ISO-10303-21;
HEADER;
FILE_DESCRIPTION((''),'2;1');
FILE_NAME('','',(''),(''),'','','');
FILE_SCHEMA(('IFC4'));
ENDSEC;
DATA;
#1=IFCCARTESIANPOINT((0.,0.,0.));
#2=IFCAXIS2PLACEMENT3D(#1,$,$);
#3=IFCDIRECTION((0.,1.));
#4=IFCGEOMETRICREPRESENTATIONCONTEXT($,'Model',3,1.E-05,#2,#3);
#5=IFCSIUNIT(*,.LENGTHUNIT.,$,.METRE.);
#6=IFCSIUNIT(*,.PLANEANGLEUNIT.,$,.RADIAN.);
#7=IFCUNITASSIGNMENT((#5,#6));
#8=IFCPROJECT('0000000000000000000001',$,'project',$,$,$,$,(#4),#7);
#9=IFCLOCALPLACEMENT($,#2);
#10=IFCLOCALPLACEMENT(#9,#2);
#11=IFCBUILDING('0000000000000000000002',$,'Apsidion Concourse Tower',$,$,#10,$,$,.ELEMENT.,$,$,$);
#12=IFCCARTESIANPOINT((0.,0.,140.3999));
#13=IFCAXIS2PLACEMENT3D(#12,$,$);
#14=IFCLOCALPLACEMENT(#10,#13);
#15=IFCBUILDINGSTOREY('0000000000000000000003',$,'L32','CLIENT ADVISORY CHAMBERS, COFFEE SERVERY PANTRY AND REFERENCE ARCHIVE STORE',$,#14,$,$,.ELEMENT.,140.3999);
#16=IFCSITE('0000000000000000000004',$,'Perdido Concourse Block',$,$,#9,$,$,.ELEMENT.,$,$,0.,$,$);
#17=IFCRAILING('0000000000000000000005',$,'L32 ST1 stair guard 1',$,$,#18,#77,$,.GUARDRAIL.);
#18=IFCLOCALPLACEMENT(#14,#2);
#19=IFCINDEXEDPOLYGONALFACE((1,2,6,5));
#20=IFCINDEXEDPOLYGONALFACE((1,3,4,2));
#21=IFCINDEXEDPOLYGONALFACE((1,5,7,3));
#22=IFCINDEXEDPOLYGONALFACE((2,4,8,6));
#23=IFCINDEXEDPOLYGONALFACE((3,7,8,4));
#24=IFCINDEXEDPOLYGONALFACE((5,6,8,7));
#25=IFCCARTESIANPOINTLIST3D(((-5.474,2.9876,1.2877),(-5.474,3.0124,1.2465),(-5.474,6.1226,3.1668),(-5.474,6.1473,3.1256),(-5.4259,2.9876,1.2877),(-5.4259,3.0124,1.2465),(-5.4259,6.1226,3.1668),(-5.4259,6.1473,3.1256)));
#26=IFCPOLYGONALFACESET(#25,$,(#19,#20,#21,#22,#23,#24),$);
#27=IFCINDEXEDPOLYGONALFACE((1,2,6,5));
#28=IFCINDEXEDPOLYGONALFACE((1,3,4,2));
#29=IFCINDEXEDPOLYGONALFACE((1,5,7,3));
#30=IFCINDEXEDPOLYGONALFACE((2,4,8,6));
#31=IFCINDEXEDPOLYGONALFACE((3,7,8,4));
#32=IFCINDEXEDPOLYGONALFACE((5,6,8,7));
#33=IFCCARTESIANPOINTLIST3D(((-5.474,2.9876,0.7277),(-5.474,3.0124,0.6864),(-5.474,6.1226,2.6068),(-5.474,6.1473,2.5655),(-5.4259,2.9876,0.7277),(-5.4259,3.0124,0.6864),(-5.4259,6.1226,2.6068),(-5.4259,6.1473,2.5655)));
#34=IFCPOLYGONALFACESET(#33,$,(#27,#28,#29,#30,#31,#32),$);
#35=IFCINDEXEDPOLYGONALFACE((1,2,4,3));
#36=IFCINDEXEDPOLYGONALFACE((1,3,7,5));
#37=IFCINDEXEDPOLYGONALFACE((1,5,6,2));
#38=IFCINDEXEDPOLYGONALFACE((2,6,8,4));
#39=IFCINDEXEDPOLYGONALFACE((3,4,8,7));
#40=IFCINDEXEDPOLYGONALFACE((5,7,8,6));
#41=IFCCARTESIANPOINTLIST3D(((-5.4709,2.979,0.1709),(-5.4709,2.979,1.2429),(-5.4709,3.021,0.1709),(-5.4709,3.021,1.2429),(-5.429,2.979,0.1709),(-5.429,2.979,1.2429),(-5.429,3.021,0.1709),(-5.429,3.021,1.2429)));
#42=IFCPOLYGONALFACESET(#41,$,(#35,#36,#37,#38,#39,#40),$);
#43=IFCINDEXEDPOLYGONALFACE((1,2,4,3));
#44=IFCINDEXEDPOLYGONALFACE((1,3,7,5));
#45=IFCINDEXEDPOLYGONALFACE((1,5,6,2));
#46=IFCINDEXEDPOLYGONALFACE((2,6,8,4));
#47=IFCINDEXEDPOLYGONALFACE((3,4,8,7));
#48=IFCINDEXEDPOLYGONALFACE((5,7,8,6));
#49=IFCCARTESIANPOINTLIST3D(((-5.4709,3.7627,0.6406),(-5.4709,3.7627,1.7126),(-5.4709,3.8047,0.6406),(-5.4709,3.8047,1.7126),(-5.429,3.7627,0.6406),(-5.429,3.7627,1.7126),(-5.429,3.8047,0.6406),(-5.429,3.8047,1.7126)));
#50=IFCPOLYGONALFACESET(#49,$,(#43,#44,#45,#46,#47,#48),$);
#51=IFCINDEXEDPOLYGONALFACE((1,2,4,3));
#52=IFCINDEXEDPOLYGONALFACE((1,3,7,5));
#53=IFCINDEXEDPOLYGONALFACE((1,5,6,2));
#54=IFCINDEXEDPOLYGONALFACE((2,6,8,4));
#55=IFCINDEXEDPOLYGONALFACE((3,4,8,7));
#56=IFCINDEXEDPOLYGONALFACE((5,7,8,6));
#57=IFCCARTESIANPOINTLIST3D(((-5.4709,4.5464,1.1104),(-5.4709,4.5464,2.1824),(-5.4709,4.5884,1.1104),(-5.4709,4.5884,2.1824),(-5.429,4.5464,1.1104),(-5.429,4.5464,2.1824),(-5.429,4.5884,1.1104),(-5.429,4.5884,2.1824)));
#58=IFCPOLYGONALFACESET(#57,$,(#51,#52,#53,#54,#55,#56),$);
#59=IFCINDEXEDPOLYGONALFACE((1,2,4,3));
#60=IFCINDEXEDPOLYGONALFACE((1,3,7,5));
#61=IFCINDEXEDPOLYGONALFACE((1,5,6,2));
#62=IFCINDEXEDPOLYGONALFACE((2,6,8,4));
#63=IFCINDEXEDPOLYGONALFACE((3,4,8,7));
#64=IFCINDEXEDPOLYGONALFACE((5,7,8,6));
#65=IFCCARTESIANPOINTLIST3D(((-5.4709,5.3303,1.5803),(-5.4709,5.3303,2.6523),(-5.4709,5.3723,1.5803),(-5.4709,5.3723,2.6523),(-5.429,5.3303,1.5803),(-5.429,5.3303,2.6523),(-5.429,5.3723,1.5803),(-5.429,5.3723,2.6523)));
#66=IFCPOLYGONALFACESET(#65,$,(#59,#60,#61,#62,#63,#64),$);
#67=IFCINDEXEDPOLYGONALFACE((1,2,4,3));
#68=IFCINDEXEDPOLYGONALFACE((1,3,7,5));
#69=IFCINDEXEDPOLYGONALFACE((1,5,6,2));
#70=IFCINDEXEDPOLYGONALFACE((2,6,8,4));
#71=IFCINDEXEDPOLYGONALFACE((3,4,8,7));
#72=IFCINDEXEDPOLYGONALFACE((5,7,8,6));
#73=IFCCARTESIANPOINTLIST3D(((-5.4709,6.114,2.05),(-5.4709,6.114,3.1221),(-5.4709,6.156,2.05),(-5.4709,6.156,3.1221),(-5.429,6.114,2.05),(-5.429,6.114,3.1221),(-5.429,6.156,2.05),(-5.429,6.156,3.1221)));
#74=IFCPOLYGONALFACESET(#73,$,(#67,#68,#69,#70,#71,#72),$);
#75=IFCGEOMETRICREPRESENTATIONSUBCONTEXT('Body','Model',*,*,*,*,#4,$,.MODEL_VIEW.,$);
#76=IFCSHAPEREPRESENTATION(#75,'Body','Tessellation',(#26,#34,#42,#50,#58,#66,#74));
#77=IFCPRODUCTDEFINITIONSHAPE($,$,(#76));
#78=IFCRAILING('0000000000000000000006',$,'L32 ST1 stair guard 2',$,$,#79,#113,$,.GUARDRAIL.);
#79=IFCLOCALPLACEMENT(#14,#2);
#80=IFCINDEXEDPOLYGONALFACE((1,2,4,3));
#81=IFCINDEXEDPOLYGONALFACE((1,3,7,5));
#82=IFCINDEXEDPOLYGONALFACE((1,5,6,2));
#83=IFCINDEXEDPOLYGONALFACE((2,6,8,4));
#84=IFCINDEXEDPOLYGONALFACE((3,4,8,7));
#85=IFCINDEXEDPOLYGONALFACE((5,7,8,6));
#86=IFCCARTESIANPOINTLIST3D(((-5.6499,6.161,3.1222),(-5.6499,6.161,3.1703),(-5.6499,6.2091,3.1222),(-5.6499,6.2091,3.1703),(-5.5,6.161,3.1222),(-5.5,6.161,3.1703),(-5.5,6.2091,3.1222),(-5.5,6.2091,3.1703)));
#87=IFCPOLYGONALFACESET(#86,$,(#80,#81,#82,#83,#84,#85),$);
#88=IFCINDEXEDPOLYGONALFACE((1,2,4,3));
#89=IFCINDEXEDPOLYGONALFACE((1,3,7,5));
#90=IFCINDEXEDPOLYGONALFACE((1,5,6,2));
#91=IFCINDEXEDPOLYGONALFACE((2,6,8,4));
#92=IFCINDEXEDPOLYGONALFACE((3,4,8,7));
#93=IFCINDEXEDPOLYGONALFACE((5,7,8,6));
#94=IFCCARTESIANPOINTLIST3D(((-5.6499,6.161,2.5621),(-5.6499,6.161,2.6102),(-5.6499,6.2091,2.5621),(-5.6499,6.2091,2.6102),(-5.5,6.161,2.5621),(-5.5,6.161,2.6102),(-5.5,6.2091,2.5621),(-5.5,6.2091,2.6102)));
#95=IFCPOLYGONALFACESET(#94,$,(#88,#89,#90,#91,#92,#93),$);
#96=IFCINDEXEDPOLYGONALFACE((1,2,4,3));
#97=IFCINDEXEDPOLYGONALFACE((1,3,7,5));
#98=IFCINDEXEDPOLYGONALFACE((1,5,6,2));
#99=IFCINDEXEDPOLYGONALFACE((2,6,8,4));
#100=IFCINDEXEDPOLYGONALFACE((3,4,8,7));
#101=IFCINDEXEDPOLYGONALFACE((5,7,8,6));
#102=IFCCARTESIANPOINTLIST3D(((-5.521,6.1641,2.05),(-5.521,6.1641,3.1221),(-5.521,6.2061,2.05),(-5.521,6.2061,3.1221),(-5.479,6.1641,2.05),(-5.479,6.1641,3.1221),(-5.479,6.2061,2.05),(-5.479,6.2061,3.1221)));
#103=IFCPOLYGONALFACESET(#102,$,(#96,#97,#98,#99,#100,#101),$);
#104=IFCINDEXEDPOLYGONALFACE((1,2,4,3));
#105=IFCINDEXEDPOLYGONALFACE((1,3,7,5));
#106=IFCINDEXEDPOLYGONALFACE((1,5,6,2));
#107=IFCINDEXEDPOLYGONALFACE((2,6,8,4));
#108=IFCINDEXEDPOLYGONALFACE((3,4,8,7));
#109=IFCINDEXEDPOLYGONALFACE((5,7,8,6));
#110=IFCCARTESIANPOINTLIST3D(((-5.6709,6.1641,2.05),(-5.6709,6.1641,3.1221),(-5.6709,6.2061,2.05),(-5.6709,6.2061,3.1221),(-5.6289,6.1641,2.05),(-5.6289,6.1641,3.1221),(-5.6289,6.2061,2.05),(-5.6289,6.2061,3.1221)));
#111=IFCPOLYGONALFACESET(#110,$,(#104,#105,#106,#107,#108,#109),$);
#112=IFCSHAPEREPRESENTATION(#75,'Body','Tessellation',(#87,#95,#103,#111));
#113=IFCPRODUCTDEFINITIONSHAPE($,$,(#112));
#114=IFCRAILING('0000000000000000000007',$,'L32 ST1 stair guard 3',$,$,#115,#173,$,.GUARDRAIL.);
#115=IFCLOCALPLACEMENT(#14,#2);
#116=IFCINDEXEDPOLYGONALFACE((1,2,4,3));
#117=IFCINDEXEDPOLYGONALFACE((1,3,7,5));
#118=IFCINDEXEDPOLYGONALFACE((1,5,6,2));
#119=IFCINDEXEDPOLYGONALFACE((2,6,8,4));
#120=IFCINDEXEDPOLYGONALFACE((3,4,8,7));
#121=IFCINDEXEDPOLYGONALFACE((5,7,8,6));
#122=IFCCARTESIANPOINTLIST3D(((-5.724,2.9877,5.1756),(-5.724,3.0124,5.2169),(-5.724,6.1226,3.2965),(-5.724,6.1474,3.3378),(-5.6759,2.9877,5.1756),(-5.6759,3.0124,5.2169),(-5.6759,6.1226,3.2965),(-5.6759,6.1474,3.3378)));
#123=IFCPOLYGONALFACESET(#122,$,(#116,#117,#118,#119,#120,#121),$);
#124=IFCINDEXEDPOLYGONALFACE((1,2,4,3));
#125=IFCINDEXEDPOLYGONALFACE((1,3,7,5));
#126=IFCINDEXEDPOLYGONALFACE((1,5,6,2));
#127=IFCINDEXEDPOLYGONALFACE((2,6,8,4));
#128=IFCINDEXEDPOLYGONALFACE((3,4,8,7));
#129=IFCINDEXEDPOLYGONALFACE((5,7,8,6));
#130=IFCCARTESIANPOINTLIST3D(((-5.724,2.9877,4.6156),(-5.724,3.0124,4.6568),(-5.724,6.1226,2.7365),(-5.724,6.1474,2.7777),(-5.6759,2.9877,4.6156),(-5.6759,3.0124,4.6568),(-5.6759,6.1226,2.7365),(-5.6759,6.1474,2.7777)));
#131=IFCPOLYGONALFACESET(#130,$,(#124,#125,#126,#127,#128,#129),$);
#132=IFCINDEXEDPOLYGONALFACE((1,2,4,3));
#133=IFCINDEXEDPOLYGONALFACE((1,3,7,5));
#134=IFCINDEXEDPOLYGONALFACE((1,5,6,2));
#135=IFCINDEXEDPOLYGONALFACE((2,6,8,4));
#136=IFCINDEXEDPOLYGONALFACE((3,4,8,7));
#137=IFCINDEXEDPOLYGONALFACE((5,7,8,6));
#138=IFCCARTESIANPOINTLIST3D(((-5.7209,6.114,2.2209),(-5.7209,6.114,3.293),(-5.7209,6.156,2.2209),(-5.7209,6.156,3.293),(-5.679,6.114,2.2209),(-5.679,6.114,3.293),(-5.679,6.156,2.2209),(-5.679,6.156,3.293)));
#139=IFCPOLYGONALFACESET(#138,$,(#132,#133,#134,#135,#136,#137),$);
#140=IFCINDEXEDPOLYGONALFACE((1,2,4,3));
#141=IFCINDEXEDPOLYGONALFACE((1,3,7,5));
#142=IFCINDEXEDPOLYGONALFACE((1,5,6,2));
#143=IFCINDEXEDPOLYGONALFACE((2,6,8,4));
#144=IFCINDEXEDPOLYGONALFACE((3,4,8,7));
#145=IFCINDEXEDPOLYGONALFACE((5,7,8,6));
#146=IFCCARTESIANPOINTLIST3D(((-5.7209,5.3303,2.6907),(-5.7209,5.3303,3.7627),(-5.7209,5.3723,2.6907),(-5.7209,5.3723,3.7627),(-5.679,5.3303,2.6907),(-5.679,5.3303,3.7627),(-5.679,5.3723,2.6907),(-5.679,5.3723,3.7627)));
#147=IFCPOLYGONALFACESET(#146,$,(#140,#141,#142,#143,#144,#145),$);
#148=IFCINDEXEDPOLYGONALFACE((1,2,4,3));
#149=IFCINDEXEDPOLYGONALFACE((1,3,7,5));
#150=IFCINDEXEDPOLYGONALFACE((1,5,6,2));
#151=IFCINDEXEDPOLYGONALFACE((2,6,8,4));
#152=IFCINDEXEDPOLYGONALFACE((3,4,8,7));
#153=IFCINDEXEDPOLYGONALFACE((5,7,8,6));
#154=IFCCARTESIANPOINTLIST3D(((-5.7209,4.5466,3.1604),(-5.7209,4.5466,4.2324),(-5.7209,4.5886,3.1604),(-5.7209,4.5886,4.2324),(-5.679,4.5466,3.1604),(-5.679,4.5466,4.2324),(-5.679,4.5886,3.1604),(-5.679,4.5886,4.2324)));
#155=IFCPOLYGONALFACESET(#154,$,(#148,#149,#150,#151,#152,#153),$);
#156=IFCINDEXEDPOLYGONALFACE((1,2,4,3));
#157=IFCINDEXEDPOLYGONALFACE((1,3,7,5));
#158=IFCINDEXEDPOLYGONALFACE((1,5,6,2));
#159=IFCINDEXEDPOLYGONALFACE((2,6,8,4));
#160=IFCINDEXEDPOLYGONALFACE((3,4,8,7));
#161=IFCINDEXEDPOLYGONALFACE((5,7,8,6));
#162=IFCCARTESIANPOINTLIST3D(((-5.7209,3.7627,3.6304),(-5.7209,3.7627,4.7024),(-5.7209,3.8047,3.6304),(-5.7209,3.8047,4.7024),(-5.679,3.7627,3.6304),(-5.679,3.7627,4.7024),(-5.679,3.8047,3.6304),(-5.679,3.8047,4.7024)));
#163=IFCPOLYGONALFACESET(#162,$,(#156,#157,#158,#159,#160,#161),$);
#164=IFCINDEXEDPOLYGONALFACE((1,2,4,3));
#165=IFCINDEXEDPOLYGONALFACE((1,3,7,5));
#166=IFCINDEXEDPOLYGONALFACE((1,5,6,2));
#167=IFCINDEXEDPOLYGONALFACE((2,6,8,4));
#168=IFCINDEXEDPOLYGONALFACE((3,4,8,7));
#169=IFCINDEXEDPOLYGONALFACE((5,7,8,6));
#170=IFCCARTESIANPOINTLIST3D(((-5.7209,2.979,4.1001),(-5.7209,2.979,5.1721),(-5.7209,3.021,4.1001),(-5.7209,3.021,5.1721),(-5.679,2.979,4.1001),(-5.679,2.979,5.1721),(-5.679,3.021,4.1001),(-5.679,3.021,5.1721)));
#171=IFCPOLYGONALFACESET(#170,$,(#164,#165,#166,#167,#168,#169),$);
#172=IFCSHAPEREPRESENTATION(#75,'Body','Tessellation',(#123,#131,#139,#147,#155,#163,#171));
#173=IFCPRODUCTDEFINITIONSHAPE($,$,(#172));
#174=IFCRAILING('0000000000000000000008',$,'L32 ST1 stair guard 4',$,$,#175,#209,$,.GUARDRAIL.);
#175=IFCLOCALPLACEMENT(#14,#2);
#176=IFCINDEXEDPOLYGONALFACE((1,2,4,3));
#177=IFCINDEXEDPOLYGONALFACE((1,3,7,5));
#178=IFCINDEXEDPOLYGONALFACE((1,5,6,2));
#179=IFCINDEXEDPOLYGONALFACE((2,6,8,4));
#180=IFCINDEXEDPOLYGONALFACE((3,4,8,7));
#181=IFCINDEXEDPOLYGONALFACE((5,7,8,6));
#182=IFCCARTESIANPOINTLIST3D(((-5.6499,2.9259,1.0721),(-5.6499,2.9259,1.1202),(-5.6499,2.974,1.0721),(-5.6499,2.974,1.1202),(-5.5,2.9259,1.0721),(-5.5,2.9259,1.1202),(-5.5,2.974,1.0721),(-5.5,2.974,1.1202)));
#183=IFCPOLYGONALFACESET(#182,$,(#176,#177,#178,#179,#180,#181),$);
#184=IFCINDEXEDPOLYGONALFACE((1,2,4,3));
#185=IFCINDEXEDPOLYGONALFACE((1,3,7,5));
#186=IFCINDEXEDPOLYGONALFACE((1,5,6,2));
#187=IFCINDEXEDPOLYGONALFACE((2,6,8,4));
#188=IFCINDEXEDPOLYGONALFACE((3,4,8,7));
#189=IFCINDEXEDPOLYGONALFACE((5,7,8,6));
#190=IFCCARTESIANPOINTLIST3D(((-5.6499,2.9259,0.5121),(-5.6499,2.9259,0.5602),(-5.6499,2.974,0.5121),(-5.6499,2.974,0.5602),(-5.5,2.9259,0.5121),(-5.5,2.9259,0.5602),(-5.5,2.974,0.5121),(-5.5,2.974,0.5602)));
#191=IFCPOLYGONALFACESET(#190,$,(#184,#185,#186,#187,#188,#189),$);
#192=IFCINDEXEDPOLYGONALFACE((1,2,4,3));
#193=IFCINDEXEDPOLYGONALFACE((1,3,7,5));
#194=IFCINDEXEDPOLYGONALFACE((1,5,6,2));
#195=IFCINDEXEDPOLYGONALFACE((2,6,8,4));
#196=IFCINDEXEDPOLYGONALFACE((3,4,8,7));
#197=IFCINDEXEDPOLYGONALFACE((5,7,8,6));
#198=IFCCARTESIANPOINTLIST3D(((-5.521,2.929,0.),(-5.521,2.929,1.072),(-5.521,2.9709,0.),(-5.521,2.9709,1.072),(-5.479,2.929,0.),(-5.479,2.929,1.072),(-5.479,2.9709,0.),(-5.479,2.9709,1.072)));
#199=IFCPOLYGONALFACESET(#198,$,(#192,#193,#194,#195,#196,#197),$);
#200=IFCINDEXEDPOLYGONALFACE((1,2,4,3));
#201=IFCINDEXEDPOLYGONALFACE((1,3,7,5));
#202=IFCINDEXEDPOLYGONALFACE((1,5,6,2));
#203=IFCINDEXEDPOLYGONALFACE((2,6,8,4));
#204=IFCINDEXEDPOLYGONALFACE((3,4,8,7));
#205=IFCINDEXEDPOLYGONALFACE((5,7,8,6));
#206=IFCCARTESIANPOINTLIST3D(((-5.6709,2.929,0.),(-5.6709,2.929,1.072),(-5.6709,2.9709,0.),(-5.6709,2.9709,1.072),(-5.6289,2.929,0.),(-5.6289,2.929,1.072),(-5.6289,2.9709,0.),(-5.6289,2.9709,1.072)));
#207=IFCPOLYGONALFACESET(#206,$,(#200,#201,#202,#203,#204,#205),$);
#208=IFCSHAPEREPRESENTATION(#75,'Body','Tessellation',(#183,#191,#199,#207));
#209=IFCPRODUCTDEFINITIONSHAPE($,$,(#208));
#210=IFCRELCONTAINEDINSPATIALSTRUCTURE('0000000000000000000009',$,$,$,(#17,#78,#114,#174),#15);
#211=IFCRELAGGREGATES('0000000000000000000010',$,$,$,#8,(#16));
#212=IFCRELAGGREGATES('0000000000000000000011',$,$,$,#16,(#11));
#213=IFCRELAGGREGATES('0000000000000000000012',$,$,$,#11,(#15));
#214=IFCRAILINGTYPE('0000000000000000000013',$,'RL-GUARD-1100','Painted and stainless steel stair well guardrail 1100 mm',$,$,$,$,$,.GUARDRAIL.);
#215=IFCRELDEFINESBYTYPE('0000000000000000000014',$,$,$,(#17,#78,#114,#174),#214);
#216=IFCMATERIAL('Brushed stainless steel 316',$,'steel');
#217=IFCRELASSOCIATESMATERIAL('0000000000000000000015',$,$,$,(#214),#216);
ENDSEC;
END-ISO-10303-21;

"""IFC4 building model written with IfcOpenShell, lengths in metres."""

from ifc_helpers import new_model, si_unit, direction, frame, origin, origin_2d, place, context, subcontext, project, spatial, rectangle, extrude, material, type_object, element, save


model = new_model("IFC4")

# Units and contexts
model_context = context("Model", 3, precision=1e-05, world=origin(), true_north=direction((0.0, 1.0)))
body_context = subcontext(model_context, "Body", "Model", "MODEL_VIEW")
ifc_project = project(units=[si_unit("LENGTHUNIT", "METRE"), si_unit("PLANEANGLEUNIT", "RADIAN")], contexts=[model_context])

# Site, building, storey
site_placement = place(None, origin())
site = spatial("IfcSite", under=ifc_project, at=site_placement, Name="Perdido Concourse Block", CompositionType="ELEMENT", RefElevation=0.0)
building_placement = place(site_placement, origin())
building = spatial("IfcBuilding", under=site, at=building_placement, Name="Apsidion Concourse Tower", CompositionType="ELEMENT")
storey_placement = place(building_placement, frame((0.0, 0.0, 140.3999)))
storey = spatial("IfcBuildingStorey", under=building, at=storey_placement, Name="L32", Description="CLIENT ADVISORY CHAMBERS, COFFEE SERVERY PANTRY AND REFERENCE ARCHIVE STORE", CompositionType="ELEMENT", Elevation=140.3999)

# Shared definitions
ifc_material_1 = material(Name="Brushed stainless steel 316", Category="steel")

# Railings
railing_type_1 = type_object("IfcRailingType", Name="RL-GUARD-1100", Description="Painted and stainless steel stair well guardrail 1100 mm", PredefinedType="GUARDRAIL", material=ifc_material_1)
railing_1_placement = place(storey_placement, frame((-5.45, 3.0, 0.1709)))
element("IfcRailing", 1, at=railing_1_placement, inside=storey, type_object=railing_type_1, Name="L32 ST1 stair guard 1", PredefinedType="GUARDRAIL", context=body_context, shape_type="SweptSolid", body=[
    extrude(rectangle(XDim=0.0481, YDim=0.0481, at=origin_2d()), frame((0.0, 0.0, 1.0962), z_axis=(0.0, 0.857717, 0.514122), x_axis=(-1.0, 0.0, 0.0)), (0.0, 0.0, 1.0), 3.655),
    extrude(rectangle(XDim=0.0481, YDim=0.0481, at=origin_2d()), frame((0.0, 0.0, 0.5361), z_axis=(0.0, 0.857717, 0.514122), x_axis=(-1.0, 0.0, 0.0)), (0.0, 0.0, 1.0), 3.655),
    extrude(rectangle(XDim=0.042, YDim=0.042, at=origin_2d()), origin(), (0.0, 0.0, 1.0), 1.072),
    extrude(rectangle(XDim=0.042, YDim=0.042, at=origin_2d()), frame((0.0, 0.7837, 0.4697)), (0.0, 0.0, 1.0), 1.072),
    extrude(rectangle(XDim=0.042, YDim=0.042, at=origin_2d()), frame((0.0, 1.5674, 0.9395)), (0.0, 0.0, 1.0), 1.072),
    extrude(rectangle(XDim=0.042, YDim=0.042, at=origin_2d()), frame((0.0, 2.3513, 1.4094)), (0.0, 0.0, 1.0), 1.072),
    extrude(rectangle(XDim=0.042, YDim=0.042, at=origin_2d()), frame((0.0, 3.135, 1.8792)), (0.0, 0.0, 1.0), 1.072),
])
railing_2_placement = place(storey_placement, frame((-5.5, 6.1851, 2.05)))
element("IfcRailing", 2, at=railing_2_placement, inside=storey, type_object=railing_type_1, Name="L32 ST1 stair guard 2", PredefinedType="GUARDRAIL", context=body_context, shape_type="SweptSolid", body=[
    extrude(rectangle(XDim=0.0481, YDim=0.0481, at=origin_2d()), frame((0.0, 0.0, 1.0962), z_axis=(-1.0, 0.0, 0.0), x_axis=(0.0, -1.0, 0.0)), (0.0, 0.0, 1.0), 0.1499),
    extrude(rectangle(XDim=0.0481, YDim=0.0481, at=origin_2d()), frame((0.0, 0.0, 0.5361), z_axis=(-1.0, 0.0, 0.0), x_axis=(0.0, -1.0, 0.0)), (0.0, 0.0, 1.0), 0.1499),
    extrude(rectangle(XDim=0.042, YDim=0.042, at=origin_2d()), origin(), (0.0, 0.0, 1.0), 1.072),
    extrude(rectangle(XDim=0.042, YDim=0.042, at=origin_2d()), frame((-0.1499, 0.0, 0.0)), (0.0, 0.0, 1.0), 1.072),
])
railing_3_placement = place(storey_placement, frame((-5.7, 6.135, 2.2209)))
element("IfcRailing", 3, at=railing_3_placement, inside=storey, type_object=railing_type_1, Name="L32 ST1 stair guard 3", PredefinedType="GUARDRAIL", context=body_context, shape_type="SweptSolid", body=[
    extrude(rectangle(XDim=0.0481, YDim=0.0481, at=origin_2d()), frame((0.0, 0.0, 1.0962), z_axis=(0.0, -0.857717, 0.514122), x_axis=(1.0, 0.0, 0.0)), (0.0, 0.0, 1.0), 3.655),
    extrude(rectangle(XDim=0.0481, YDim=0.0481, at=origin_2d()), frame((0.0, 0.0, 0.5361), z_axis=(0.0, -0.857717, 0.514122), x_axis=(1.0, 0.0, 0.0)), (0.0, 0.0, 1.0), 3.655),
    extrude(rectangle(XDim=0.042, YDim=0.042, at=origin_2d()), origin(), (0.0, 0.0, 1.0), 1.072),
    extrude(rectangle(XDim=0.042, YDim=0.042, at=origin_2d()), frame((0.0, -0.7837, 0.4697)), (0.0, 0.0, 1.0), 1.072),
    extrude(rectangle(XDim=0.042, YDim=0.042, at=origin_2d()), frame((0.0, -1.5674, 0.9395)), (0.0, 0.0, 1.0), 1.072),
    extrude(rectangle(XDim=0.042, YDim=0.042, at=origin_2d()), frame((0.0, -2.3513, 1.4094)), (0.0, 0.0, 1.0), 1.072),
    extrude(rectangle(XDim=0.042, YDim=0.042, at=origin_2d()), frame((0.0, -3.135, 1.8792)), (0.0, 0.0, 1.0), 1.072),
])
railing_4_placement = place(storey_placement, frame((-5.5, 2.95, 0.0)))
element("IfcRailing", 4, at=railing_4_placement, inside=storey, type_object=railing_type_1, Name="L32 ST1 stair guard 4", PredefinedType="GUARDRAIL", context=body_context, shape_type="SweptSolid", body=[
    extrude(rectangle(XDim=0.0481, YDim=0.0481, at=origin_2d()), frame((0.0, 0.0, 1.0962), z_axis=(-1.0, 0.0, 0.0), x_axis=(0.0, -1.0, 0.0)), (0.0, 0.0, 1.0), 0.1499),
    extrude(rectangle(XDim=0.0481, YDim=0.0481, at=origin_2d()), frame((0.0, 0.0, 0.5361), z_axis=(-1.0, 0.0, 0.0), x_axis=(0.0, -1.0, 0.0)), (0.0, 0.0, 1.0), 0.1499),
    extrude(rectangle(XDim=0.042, YDim=0.042, at=origin_2d()), origin(), (0.0, 0.0, 1.0), 1.072),
    extrude(rectangle(XDim=0.042, YDim=0.042, at=origin_2d()), frame((-0.1499, 0.0, 0.0)), (0.0, 0.0, 1.0), 1.072),
])

save(model, "model.ifc")
